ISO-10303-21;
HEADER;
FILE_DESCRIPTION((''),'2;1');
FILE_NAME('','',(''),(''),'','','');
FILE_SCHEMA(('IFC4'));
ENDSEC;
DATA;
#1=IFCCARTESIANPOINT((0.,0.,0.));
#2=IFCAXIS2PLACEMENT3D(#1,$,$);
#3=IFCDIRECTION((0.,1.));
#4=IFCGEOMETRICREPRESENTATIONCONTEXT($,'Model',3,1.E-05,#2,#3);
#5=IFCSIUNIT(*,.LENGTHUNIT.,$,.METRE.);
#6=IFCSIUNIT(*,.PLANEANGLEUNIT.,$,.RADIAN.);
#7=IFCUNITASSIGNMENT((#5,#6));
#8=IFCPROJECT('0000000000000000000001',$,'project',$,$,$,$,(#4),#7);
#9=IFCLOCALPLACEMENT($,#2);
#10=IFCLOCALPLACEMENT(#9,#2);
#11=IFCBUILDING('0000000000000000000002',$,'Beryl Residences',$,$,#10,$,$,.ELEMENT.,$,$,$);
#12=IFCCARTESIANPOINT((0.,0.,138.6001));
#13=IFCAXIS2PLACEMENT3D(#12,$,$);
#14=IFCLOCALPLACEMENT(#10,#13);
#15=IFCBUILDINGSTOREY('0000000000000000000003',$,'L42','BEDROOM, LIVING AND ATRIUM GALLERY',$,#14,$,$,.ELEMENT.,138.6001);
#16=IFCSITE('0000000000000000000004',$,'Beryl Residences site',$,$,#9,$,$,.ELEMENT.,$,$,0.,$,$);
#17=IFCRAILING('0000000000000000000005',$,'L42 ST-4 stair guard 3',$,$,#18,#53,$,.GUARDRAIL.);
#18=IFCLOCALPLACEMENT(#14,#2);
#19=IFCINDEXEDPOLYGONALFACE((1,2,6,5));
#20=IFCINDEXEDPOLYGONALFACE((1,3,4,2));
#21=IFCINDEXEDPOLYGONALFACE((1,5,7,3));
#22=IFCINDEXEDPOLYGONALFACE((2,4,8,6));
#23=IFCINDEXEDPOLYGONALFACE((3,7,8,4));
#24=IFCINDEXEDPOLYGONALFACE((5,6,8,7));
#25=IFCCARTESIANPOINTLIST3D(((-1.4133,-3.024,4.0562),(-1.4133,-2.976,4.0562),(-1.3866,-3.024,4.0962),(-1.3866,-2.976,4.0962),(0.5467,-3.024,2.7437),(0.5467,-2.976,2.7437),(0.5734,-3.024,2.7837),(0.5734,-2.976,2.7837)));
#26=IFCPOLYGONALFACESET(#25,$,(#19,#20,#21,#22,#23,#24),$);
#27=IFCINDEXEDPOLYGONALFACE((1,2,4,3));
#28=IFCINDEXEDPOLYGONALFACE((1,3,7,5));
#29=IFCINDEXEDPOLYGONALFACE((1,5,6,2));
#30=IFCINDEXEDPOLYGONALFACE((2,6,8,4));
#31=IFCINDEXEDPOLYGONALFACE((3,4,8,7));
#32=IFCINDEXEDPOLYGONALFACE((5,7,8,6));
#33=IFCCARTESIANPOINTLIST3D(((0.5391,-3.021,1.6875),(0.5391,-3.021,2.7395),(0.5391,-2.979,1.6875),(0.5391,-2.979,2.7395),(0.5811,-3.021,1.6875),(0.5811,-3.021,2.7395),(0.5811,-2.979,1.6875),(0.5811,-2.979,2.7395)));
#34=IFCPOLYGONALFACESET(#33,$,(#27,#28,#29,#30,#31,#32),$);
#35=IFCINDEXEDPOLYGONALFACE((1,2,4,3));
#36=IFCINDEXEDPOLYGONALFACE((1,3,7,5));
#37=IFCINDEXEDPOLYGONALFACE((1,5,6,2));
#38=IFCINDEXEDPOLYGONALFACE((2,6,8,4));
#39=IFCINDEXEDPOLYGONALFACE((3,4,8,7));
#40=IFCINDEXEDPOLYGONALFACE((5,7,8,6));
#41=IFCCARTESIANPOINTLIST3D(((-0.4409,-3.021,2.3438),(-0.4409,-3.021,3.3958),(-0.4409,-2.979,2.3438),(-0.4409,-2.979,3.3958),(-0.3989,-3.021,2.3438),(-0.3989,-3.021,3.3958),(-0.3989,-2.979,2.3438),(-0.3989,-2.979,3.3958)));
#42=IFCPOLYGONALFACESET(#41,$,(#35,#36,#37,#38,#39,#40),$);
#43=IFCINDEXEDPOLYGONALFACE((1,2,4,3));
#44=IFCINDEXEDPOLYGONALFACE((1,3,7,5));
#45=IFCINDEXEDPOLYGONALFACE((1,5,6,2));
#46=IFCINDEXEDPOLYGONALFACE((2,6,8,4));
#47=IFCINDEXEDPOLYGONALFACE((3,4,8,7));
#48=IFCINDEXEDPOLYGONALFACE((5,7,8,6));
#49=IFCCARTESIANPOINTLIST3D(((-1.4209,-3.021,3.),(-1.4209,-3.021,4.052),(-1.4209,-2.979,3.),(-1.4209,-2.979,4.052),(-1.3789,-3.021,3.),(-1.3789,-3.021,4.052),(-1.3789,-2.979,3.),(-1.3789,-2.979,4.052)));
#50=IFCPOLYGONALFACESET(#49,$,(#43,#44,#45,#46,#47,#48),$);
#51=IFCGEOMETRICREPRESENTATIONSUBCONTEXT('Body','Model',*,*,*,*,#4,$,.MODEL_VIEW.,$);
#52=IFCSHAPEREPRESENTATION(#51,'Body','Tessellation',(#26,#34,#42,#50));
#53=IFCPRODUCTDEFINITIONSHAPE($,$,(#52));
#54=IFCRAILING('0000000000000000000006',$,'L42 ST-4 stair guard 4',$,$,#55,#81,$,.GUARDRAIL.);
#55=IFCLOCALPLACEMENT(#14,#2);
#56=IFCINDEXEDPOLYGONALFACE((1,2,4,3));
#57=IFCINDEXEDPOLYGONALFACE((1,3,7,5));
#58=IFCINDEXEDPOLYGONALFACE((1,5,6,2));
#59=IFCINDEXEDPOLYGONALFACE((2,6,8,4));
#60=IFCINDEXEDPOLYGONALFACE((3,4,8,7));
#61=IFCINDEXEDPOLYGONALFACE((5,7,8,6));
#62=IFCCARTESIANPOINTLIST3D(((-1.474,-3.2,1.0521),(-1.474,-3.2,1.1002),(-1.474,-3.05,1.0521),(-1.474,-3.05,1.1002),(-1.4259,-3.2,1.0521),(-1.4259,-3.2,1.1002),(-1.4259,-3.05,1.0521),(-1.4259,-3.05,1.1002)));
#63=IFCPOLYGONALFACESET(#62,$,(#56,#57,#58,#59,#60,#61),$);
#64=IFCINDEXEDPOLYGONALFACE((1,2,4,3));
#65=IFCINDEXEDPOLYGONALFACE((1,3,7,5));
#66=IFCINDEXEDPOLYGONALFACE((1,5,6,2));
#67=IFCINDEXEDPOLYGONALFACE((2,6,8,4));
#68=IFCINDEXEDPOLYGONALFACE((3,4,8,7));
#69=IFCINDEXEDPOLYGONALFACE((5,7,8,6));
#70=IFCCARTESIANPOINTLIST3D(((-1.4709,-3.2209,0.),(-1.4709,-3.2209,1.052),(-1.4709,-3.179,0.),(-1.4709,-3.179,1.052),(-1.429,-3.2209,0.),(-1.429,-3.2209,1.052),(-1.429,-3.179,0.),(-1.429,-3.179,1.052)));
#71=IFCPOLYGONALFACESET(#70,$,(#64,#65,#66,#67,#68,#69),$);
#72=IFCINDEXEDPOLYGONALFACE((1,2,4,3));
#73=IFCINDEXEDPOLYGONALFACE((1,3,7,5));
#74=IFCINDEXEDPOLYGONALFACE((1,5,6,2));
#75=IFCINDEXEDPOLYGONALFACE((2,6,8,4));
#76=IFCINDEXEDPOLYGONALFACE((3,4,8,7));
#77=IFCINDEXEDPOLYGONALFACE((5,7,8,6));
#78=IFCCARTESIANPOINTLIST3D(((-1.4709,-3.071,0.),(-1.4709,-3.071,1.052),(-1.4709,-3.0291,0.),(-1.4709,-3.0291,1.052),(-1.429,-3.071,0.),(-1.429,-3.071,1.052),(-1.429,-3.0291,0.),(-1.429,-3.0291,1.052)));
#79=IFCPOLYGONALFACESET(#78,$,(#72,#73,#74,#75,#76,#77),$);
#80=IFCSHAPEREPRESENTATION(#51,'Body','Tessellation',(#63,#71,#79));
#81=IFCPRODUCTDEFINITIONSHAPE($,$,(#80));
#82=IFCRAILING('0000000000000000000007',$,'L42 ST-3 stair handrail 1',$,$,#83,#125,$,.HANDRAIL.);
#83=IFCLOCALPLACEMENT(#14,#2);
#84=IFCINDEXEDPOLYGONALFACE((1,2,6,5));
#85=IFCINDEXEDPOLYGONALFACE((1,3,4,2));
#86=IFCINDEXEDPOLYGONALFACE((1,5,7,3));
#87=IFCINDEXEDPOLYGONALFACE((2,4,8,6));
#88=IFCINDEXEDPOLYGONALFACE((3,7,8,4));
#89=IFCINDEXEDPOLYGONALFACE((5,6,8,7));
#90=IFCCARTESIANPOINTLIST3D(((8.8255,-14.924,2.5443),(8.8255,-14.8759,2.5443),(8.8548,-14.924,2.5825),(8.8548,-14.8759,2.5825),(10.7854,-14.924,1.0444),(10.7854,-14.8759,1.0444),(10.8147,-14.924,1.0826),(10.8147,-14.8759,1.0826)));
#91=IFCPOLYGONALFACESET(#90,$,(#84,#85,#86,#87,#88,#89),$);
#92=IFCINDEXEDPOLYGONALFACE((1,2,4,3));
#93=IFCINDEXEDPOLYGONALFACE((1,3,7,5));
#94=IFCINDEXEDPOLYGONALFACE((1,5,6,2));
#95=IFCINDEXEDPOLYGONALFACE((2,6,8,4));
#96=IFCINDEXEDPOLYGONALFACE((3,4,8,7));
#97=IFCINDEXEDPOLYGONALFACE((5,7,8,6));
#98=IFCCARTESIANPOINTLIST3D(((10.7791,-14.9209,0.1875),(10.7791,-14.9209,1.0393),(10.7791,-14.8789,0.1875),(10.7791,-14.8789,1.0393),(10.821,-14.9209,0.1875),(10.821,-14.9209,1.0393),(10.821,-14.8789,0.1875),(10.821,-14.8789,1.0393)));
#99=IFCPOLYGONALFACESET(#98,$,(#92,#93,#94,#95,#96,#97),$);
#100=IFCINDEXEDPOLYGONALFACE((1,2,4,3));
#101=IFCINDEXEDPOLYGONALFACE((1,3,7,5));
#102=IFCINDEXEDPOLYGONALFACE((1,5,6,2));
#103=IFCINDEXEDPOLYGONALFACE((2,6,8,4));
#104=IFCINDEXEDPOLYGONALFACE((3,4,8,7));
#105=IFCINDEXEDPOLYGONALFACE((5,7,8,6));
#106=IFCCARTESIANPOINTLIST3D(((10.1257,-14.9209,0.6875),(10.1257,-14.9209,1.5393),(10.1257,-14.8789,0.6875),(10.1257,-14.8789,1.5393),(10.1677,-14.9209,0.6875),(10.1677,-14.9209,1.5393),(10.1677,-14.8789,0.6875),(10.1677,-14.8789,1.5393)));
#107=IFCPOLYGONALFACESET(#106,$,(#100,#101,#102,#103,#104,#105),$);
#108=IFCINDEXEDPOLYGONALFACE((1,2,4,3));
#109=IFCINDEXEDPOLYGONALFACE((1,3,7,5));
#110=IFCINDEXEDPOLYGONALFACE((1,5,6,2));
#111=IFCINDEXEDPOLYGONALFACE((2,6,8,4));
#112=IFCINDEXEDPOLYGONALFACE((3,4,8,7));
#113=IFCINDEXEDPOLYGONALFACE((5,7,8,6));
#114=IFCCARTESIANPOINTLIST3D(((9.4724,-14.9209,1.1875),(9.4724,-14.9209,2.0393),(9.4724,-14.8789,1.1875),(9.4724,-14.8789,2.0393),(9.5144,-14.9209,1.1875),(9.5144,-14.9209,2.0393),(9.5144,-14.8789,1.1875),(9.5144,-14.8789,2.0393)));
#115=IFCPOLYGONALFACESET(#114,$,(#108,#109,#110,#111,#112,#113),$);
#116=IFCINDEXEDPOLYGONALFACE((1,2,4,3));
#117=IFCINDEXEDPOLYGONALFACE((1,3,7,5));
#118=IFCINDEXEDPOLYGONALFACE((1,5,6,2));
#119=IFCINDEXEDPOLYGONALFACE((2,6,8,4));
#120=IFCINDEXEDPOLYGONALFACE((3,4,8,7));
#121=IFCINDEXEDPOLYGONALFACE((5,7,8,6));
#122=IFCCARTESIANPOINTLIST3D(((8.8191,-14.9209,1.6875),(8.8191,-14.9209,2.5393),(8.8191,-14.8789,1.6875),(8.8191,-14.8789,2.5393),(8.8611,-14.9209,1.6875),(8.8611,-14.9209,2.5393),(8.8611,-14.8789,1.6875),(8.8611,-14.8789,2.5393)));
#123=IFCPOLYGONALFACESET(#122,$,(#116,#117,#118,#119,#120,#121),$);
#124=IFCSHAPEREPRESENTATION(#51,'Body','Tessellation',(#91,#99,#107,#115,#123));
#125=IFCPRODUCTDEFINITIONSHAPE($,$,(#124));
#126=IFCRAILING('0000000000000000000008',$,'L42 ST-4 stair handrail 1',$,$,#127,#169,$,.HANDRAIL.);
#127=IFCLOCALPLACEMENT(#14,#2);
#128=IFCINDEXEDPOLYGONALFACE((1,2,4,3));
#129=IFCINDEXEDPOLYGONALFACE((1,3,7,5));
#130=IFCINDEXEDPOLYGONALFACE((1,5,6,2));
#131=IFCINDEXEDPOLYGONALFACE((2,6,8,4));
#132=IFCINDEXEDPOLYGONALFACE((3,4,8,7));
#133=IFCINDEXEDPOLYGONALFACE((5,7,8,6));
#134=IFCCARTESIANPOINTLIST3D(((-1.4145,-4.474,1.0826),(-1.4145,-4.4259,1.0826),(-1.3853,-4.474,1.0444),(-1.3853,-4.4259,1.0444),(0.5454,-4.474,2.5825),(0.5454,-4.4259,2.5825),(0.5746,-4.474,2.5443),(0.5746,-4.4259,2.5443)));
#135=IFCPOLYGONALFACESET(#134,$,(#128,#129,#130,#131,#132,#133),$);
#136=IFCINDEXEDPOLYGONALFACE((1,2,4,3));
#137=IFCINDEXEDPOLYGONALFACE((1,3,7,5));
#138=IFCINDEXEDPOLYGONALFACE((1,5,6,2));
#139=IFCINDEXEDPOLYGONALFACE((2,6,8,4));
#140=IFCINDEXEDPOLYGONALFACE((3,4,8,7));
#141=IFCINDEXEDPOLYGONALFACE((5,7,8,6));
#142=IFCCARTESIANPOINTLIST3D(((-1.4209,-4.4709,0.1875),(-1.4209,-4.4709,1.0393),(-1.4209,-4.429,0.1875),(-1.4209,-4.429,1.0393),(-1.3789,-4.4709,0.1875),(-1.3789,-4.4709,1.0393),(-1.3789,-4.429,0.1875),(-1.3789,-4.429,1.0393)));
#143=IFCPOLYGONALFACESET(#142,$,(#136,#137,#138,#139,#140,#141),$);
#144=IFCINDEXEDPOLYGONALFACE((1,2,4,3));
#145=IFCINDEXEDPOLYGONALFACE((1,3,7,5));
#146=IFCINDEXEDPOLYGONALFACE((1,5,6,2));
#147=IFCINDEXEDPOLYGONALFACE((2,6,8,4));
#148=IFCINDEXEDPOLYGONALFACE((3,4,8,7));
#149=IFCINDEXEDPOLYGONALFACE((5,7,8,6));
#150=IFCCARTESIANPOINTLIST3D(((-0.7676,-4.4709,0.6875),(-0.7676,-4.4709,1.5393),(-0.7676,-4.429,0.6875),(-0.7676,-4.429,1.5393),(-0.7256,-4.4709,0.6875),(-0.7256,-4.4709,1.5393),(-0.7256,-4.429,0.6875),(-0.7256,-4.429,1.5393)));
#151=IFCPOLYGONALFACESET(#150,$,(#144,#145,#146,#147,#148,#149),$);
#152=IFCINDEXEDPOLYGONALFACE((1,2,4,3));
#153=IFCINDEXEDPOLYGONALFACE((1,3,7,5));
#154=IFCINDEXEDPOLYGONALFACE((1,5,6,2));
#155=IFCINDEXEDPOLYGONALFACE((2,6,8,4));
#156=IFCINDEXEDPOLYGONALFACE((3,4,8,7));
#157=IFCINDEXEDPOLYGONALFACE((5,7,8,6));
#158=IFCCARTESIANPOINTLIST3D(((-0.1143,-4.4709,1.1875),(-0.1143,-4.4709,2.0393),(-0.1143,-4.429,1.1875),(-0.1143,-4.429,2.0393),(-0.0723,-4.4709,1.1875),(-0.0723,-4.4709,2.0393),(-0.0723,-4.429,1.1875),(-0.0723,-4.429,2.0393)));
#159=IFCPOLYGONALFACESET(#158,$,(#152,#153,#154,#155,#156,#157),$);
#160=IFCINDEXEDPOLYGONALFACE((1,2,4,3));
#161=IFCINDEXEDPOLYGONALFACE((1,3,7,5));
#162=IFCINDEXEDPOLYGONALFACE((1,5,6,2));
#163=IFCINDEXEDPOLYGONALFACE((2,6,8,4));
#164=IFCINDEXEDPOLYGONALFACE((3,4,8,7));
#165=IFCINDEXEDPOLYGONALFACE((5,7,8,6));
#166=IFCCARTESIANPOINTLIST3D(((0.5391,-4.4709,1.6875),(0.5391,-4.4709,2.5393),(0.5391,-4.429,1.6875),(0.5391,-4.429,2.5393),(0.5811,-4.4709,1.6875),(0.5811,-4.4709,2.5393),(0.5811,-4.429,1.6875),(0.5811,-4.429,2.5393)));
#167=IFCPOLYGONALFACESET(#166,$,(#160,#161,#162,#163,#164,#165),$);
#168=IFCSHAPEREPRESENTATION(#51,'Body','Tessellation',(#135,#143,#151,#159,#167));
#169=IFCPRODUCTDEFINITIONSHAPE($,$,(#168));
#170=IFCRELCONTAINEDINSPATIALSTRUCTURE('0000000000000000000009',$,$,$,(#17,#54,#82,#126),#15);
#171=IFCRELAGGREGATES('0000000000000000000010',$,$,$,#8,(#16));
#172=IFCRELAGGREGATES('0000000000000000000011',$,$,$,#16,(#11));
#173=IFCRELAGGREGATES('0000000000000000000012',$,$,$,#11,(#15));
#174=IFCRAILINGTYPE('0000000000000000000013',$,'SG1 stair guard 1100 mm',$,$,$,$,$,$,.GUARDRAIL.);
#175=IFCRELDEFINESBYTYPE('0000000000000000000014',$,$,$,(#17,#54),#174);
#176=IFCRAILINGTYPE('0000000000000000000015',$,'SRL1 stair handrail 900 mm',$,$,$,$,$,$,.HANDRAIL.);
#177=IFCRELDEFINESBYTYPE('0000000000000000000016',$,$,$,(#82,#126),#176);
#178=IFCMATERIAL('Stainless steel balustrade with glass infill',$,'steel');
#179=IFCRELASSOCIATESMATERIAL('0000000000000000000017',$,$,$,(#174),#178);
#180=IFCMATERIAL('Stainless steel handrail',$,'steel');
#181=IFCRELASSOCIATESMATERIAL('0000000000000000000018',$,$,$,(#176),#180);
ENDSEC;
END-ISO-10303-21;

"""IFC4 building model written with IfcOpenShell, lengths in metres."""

from ifc_helpers import new_model, si_unit, direction, frame, origin, origin_2d, place, context, subcontext, project, spatial, rectangle, extrude, material, type_object, element, save


model = new_model("IFC4")

# Units and contexts
model_context = context("Model", 3, precision=1e-05, world=origin(), true_north=direction((0.0, 1.0)))
body_context = subcontext(model_context, "Body", "Model", "MODEL_VIEW")
ifc_project = project(units=[si_unit("LENGTHUNIT", "METRE"), si_unit("PLANEANGLEUNIT", "RADIAN")], contexts=[model_context])

# Site, building, storey
site_placement = place(None, origin())
site = spatial("IfcSite", under=ifc_project, at=site_placement, Name="Beryl Residences site", CompositionType="ELEMENT", RefElevation=0.0)
building_placement = place(site_placement, origin())
building = spatial("IfcBuilding", under=site, at=building_placement, Name="Beryl Residences", CompositionType="ELEMENT")
storey_placement = place(building_placement, frame((0.0, 0.0, 138.6001)))
storey = spatial("IfcBuildingStorey", under=building, at=storey_placement, Name="L42", Description="BEDROOM, LIVING AND ATRIUM GALLERY", CompositionType="ELEMENT", Elevation=138.6001)

# Railings
ifc_material_1 = material(Name="Stainless steel balustrade with glass infill", Category="steel")
railing_type_1 = type_object("IfcRailingType", Name="SG1 stair guard 1100 mm", PredefinedType="GUARDRAIL", material=ifc_material_1)
railing_1_placement = place(storey_placement, frame((0.5601, -3.0, 1.6875)))
element("IfcRailing", 1, at=railing_1_placement, inside=storey, type_object=railing_type_1, Name="L42 ST-4 stair guard 3", PredefinedType="GUARDRAIL", context=body_context, shape_type="SweptSolid", body=[
    extrude(rectangle(XDim=0.0481, YDim=0.0481, at=origin_2d()), frame((0.0, 0.0, 1.0762), z_axis=(-0.830902, 0.0, 0.556419), x_axis=(0.0, -1.0, 0.0)), (0.0, 0.0, 1.0), 2.3589),
    extrude(rectangle(XDim=0.042, YDim=0.042, at=origin_2d()), origin(), (0.0, 0.0, 1.0), 1.052),
    extrude(rectangle(XDim=0.042, YDim=0.042, at=origin_2d()), frame((-0.98, 0.0, 0.6562)), (0.0, 0.0, 1.0), 1.052),
    extrude(rectangle(XDim=0.042, YDim=0.042, at=origin_2d()), frame((-1.96, 0.0, 1.3125)), (0.0, 0.0, 1.0), 1.052),
])
railing_2_placement = place(storey_placement, frame((-1.45, -3.2, 0.0)))
element("IfcRailing", 2, at=railing_2_placement, inside=storey, type_object=railing_type_1, Name="L42 ST-4 stair guard 4", PredefinedType="GUARDRAIL", context=body_context, shape_type="SweptSolid", body=[
    extrude(rectangle(XDim=0.0481, YDim=0.0481, at=origin_2d()), frame((0.0, 0.0, 1.0762), z_axis=(0.0, 1.0, 0.0), x_axis=(-1.0, 0.0, 0.0)), (0.0, 0.0, 1.0), 0.1499),
    extrude(rectangle(XDim=0.042, YDim=0.042, at=origin_2d()), origin(), (0.0, 0.0, 1.0), 1.052),
    extrude(rectangle(XDim=0.042, YDim=0.042, at=origin_2d()), frame((0.0, 0.1499, 0.0)), (0.0, 0.0, 1.0), 1.052),
])
ifc_material_2 = material(Name="Stainless steel handrail", Category="steel")
railing_type_2 = type_object("IfcRailingType", Name="SRL1 stair handrail 900 mm", PredefinedType="HANDRAIL", material=ifc_material_2)
railing_3_placement = place(storey_placement, frame((10.8, -14.8999, 0.1875)))
element("IfcRailing", 3, at=railing_3_placement, inside=storey, type_object=railing_type_2, Name="L42 ST-3 stair handrail 1", PredefinedType="HANDRAIL", context=body_context, shape_type="SweptSolid", body=[
    extrude(rectangle(XDim=0.0481, YDim=0.0481, at=origin_2d()), frame((0.0, 0.0, 0.876), z_axis=(-0.794122, 0.0, 0.607758), x_axis=(0.0, -1.0, 0.0)), (0.0, 0.0, 1.0), 2.468),
    extrude(rectangle(XDim=0.042, YDim=0.042, at=origin_2d()), origin(), (0.0, 0.0, 1.0), 0.8518),
    extrude(rectangle(XDim=0.042, YDim=0.042, at=origin_2d()), frame((-0.6533, 0.0, 0.5)), (0.0, 0.0, 1.0), 0.8518),
    extrude(rectangle(XDim=0.042, YDim=0.042, at=origin_2d()), frame((-1.3066, 0.0, 1.0)), (0.0, 0.0, 1.0), 0.8518),
    extrude(rectangle(XDim=0.042, YDim=0.042, at=origin_2d()), frame((-1.96, 0.0, 1.5)), (0.0, 0.0, 1.0), 0.8518),
])
railing_4_placement = place(storey_placement, frame((-1.3999, -4.45, 0.1875)))
element("IfcRailing", 4, at=railing_4_placement, inside=storey, type_object=railing_type_2, Name="L42 ST-4 stair handrail 1", PredefinedType="HANDRAIL", context=body_context, shape_type="SweptSolid", body=[
    extrude(rectangle(XDim=0.0481, YDim=0.0481, at=origin_2d()), frame((0.0, 0.0, 0.876), z_axis=(0.794122, 0.0, 0.607758), x_axis=(0.0, 1.0, 0.0)), (0.0, 0.0, 1.0), 2.468),
    extrude(rectangle(XDim=0.042, YDim=0.042, at=origin_2d()), origin(), (0.0, 0.0, 1.0), 0.8518),
    extrude(rectangle(XDim=0.042, YDim=0.042, at=origin_2d()), frame((0.6533, 0.0, 0.5)), (0.0, 0.0, 1.0), 0.8518),
    extrude(rectangle(XDim=0.042, YDim=0.042, at=origin_2d()), frame((1.3066, 0.0, 1.0)), (0.0, 0.0, 1.0), 0.8518),
    extrude(rectangle(XDim=0.042, YDim=0.042, at=origin_2d()), frame((1.96, 0.0, 1.5)), (0.0, 0.0, 1.0), 0.8518),
])

save(model, "model.ifc")
